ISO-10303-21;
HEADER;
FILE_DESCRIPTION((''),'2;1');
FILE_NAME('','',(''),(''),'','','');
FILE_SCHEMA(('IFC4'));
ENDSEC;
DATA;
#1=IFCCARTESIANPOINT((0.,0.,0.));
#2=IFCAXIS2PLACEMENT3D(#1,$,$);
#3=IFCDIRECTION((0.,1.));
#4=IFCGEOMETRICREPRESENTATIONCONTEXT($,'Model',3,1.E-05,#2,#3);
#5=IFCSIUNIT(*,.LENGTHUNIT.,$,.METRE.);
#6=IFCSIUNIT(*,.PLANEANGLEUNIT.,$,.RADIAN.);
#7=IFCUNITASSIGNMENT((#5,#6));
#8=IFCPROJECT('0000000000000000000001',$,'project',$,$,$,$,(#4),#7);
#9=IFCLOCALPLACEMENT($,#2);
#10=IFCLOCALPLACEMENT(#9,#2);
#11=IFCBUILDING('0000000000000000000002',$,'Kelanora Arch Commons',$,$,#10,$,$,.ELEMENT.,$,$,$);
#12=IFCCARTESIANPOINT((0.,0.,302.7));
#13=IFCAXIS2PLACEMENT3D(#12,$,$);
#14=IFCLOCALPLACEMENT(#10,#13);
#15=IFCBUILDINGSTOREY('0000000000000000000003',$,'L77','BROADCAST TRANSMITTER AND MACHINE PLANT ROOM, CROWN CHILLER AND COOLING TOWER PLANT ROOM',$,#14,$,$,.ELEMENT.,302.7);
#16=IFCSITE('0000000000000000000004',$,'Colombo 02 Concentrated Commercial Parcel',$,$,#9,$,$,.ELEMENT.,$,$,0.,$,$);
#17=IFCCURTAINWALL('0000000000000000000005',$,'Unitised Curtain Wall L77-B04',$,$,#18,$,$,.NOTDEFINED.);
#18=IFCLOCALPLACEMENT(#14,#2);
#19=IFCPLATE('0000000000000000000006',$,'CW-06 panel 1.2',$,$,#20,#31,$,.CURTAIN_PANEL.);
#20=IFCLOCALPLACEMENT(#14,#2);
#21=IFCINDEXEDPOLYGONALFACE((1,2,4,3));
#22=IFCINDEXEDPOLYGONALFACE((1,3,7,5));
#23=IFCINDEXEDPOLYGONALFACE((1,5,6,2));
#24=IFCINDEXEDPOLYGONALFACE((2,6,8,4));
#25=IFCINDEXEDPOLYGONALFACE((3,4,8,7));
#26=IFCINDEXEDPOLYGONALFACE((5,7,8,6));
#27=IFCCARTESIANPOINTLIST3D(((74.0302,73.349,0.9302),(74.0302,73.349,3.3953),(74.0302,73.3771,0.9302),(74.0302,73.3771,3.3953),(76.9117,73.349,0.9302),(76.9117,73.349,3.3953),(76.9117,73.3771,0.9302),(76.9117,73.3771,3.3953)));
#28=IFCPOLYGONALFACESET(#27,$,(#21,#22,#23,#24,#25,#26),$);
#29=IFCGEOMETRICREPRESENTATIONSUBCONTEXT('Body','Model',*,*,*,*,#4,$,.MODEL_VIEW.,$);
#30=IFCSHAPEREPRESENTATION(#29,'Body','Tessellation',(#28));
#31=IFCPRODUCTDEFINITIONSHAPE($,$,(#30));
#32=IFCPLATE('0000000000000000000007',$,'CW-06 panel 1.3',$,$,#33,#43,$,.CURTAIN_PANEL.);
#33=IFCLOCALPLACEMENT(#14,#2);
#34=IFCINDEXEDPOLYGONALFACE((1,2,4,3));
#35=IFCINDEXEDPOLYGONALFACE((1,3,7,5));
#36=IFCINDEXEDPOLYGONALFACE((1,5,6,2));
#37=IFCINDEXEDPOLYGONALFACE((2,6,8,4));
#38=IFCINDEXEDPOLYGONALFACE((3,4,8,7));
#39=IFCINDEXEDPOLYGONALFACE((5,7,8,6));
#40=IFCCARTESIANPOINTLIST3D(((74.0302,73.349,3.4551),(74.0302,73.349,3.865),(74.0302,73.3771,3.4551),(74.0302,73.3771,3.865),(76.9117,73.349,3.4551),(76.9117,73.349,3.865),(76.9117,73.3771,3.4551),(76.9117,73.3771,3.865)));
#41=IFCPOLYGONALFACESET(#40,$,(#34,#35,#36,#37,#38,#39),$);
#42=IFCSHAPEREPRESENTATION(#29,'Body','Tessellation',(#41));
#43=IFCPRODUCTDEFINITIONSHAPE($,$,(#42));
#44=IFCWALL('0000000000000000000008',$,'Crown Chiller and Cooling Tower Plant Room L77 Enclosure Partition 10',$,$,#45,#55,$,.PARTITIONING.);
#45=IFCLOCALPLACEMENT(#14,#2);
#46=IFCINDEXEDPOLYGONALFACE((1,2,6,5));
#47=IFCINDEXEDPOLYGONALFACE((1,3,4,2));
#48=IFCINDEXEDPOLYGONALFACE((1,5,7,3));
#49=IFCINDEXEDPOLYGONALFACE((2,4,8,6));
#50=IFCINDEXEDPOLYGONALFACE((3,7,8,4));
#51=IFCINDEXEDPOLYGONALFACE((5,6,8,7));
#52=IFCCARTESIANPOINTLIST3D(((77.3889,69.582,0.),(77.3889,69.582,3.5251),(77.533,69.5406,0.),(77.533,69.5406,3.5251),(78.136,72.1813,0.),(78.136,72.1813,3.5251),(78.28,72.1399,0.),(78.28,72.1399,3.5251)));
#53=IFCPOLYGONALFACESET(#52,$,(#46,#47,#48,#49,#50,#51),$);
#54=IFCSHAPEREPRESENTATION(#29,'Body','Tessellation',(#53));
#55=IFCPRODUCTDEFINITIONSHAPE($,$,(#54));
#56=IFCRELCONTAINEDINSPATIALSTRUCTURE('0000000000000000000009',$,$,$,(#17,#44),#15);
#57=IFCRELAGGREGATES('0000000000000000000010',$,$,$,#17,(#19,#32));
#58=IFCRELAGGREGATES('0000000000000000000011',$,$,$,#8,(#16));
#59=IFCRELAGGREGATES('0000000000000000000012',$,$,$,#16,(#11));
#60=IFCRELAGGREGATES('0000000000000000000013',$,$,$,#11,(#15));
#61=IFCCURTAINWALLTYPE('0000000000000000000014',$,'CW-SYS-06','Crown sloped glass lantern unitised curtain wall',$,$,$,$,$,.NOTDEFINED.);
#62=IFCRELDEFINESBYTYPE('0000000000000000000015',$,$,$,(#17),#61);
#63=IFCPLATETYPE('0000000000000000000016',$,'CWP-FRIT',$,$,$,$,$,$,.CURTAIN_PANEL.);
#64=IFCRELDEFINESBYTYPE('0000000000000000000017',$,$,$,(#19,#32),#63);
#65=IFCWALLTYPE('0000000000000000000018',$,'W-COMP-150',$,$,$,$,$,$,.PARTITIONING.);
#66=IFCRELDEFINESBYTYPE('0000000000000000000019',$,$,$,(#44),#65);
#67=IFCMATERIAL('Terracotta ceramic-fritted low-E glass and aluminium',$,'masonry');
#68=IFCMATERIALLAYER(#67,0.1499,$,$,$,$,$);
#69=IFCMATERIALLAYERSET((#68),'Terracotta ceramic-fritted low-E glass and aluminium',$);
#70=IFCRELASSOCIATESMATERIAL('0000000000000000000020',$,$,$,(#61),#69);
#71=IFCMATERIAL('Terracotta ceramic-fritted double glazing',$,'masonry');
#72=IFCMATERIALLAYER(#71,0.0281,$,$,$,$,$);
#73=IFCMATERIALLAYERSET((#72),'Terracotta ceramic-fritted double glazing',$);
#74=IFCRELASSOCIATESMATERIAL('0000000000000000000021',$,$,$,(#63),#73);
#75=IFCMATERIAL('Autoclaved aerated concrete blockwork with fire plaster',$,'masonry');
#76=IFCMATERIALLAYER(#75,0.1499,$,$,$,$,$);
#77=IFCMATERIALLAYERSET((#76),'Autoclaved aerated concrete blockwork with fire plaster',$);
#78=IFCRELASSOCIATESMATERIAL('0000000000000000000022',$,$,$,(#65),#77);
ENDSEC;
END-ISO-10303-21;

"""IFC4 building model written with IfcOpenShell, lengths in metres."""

from ifc_helpers import new_model, si_unit, direction, frame, frame_2d, origin, origin_2d, place, context, subcontext, project, spatial, rectangle, extrude, source, transform, mapped, material, layer, layer_set, type_object, element, aggregate, save


model = new_model("IFC4")

# Units and contexts
model_context = context("Model", 3, precision=1e-05, world=origin(), true_north=direction((0.0, 1.0)))
body_context = subcontext(model_context, "Body", "Model", "MODEL_VIEW")
ifc_project = project(units=[si_unit("LENGTHUNIT", "METRE"), si_unit("PLANEANGLEUNIT", "RADIAN")], contexts=[model_context])

# Site, building, storey
site_placement = place(None, origin())
site = spatial("IfcSite", under=ifc_project, at=site_placement, Name="Colombo 02 Concentrated Commercial Parcel", CompositionType="ELEMENT", RefElevation=0.0)
building_placement = place(site_placement, origin())
building = spatial("IfcBuilding", under=site, at=building_placement, Name="Kelanora Arch Commons", CompositionType="ELEMENT")
storey_placement = place(building_placement, frame((0.0, 0.0, 302.7)))
storey = spatial("IfcBuildingStorey", under=building, at=storey_placement, Name="L77", Description="BROADCAST TRANSMITTER AND MACHINE PLANT ROOM, CROWN CHILLER AND COOLING TOWER PLANT ROOM", CompositionType="ELEMENT", Elevation=302.7)

# Shared definitions
ifc_material_1 = material(Name="Terracotta ceramic-fritted low-E glass and aluminium", Category="masonry")
ifc_layer_1 = layer(ifc_material_1, 0.1499)
ifc_layer_set_1 = layer_set([ifc_layer_1], Name="Terracotta ceramic-fritted low-E glass and aluminium")
curtain_wall_type = type_object("IfcCurtainWallType", Name="CW-SYS-06", Description="Crown sloped glass lantern unitised curtain wall", PredefinedType="NOTDEFINED", material=ifc_layer_set_1)

# Curtain wall
curtain_wall_1_placement = place(storey_placement, origin())
curtain_wall_1 = element("IfcCurtainWall", 1, at=curtain_wall_1_placement, inside=storey, type_object=curtain_wall_type, Name="Unitised Curtain Wall L77-B04", PredefinedType="NOTDEFINED")

# Plates
ifc_material_2 = material(Name="Terracotta ceramic-fritted double glazing", Category="masonry")
ifc_layer_2 = layer(ifc_material_2, 0.0281)
ifc_layer_set_2 = layer_set([ifc_layer_2], Name="Terracotta ceramic-fritted double glazing")
plate_type = type_object("IfcPlateType", Name="CWP-FRIT", PredefinedType="CURTAIN_PANEL", material=ifc_layer_set_2)
shared_shape_1 = source(origin(), body_context, "Body", "SweptSolid", [
    extrude(rectangle(XDim=2.8816, YDim=0.0281, at=origin_2d()), origin(), (0.0, 0.0, 1.0), 2.4651),
])
plate_1_placement = place(storey_placement, frame((75.4709, 73.363, 0.9302), z_axis=(0.0, 0.0, 1.0), x_axis=(-1.0, 0.0, 0.0)))
plate_1 = element("IfcPlate", 2, at=plate_1_placement, type_object=plate_type, Name="CW-06 panel 1.2", PredefinedType="CURTAIN_PANEL", context=body_context, shape_type="MappedRepresentation", body=[
    mapped(shared_shape_1, transform((0.0, 0.0, 0.0), scale=1.0)),
])
shared_shape_2 = source(origin(), body_context, "Body", "SweptSolid", [
    extrude(rectangle(XDim=2.8816, YDim=0.0281, at=origin_2d()), origin(), (0.0, 0.0, 1.0), 0.4099),
])
plate_2_placement = place(storey_placement, frame((75.4709, 73.363, 3.4551), z_axis=(0.0, 0.0, 1.0), x_axis=(-1.0, 0.0, 0.0)))
plate_2 = element("IfcPlate", 3, at=plate_2_placement, type_object=plate_type, Name="CW-06 panel 1.3", PredefinedType="CURTAIN_PANEL", context=body_context, shape_type="MappedRepresentation", body=[
    mapped(shared_shape_2, transform((0.0, 0.0, 0.0), scale=1.0)),
])
aggregate(curtain_wall_1, [plate_1, plate_2])

# Wall
ifc_material_3 = material(Name="Autoclaved aerated concrete blockwork with fire plaster", Category="masonry")
ifc_layer_3 = layer(ifc_material_3, 0.1499)
ifc_layer_set_3 = layer_set([ifc_layer_3], Name="Autoclaved aerated concrete blockwork with fire plaster")
wall_type = type_object("IfcWallType", Name="W-COMP-150", PredefinedType="PARTITIONING", material=ifc_layer_set_3)
wall_placement = place(storey_placement, frame((78.208, 72.1606, 0.0), z_axis=(0.0, 0.0, 1.0), x_axis=(-0.276223, -0.961094, 0.0)))
element("IfcWall", 4, at=wall_placement, inside=storey, type_object=wall_type, Name="Crown Chiller and Cooling Tower Plant Room L77 Enclosure Partition 10", PredefinedType="PARTITIONING", context=body_context, shape_type="SweptSolid", body=[
    extrude(rectangle(XDim=2.7046, YDim=0.1499, at=frame_2d((1.3523, 0.0))), origin(), (0.0, 0.0, 1.0), 3.5251),
])

save(model, "model.ifc")
